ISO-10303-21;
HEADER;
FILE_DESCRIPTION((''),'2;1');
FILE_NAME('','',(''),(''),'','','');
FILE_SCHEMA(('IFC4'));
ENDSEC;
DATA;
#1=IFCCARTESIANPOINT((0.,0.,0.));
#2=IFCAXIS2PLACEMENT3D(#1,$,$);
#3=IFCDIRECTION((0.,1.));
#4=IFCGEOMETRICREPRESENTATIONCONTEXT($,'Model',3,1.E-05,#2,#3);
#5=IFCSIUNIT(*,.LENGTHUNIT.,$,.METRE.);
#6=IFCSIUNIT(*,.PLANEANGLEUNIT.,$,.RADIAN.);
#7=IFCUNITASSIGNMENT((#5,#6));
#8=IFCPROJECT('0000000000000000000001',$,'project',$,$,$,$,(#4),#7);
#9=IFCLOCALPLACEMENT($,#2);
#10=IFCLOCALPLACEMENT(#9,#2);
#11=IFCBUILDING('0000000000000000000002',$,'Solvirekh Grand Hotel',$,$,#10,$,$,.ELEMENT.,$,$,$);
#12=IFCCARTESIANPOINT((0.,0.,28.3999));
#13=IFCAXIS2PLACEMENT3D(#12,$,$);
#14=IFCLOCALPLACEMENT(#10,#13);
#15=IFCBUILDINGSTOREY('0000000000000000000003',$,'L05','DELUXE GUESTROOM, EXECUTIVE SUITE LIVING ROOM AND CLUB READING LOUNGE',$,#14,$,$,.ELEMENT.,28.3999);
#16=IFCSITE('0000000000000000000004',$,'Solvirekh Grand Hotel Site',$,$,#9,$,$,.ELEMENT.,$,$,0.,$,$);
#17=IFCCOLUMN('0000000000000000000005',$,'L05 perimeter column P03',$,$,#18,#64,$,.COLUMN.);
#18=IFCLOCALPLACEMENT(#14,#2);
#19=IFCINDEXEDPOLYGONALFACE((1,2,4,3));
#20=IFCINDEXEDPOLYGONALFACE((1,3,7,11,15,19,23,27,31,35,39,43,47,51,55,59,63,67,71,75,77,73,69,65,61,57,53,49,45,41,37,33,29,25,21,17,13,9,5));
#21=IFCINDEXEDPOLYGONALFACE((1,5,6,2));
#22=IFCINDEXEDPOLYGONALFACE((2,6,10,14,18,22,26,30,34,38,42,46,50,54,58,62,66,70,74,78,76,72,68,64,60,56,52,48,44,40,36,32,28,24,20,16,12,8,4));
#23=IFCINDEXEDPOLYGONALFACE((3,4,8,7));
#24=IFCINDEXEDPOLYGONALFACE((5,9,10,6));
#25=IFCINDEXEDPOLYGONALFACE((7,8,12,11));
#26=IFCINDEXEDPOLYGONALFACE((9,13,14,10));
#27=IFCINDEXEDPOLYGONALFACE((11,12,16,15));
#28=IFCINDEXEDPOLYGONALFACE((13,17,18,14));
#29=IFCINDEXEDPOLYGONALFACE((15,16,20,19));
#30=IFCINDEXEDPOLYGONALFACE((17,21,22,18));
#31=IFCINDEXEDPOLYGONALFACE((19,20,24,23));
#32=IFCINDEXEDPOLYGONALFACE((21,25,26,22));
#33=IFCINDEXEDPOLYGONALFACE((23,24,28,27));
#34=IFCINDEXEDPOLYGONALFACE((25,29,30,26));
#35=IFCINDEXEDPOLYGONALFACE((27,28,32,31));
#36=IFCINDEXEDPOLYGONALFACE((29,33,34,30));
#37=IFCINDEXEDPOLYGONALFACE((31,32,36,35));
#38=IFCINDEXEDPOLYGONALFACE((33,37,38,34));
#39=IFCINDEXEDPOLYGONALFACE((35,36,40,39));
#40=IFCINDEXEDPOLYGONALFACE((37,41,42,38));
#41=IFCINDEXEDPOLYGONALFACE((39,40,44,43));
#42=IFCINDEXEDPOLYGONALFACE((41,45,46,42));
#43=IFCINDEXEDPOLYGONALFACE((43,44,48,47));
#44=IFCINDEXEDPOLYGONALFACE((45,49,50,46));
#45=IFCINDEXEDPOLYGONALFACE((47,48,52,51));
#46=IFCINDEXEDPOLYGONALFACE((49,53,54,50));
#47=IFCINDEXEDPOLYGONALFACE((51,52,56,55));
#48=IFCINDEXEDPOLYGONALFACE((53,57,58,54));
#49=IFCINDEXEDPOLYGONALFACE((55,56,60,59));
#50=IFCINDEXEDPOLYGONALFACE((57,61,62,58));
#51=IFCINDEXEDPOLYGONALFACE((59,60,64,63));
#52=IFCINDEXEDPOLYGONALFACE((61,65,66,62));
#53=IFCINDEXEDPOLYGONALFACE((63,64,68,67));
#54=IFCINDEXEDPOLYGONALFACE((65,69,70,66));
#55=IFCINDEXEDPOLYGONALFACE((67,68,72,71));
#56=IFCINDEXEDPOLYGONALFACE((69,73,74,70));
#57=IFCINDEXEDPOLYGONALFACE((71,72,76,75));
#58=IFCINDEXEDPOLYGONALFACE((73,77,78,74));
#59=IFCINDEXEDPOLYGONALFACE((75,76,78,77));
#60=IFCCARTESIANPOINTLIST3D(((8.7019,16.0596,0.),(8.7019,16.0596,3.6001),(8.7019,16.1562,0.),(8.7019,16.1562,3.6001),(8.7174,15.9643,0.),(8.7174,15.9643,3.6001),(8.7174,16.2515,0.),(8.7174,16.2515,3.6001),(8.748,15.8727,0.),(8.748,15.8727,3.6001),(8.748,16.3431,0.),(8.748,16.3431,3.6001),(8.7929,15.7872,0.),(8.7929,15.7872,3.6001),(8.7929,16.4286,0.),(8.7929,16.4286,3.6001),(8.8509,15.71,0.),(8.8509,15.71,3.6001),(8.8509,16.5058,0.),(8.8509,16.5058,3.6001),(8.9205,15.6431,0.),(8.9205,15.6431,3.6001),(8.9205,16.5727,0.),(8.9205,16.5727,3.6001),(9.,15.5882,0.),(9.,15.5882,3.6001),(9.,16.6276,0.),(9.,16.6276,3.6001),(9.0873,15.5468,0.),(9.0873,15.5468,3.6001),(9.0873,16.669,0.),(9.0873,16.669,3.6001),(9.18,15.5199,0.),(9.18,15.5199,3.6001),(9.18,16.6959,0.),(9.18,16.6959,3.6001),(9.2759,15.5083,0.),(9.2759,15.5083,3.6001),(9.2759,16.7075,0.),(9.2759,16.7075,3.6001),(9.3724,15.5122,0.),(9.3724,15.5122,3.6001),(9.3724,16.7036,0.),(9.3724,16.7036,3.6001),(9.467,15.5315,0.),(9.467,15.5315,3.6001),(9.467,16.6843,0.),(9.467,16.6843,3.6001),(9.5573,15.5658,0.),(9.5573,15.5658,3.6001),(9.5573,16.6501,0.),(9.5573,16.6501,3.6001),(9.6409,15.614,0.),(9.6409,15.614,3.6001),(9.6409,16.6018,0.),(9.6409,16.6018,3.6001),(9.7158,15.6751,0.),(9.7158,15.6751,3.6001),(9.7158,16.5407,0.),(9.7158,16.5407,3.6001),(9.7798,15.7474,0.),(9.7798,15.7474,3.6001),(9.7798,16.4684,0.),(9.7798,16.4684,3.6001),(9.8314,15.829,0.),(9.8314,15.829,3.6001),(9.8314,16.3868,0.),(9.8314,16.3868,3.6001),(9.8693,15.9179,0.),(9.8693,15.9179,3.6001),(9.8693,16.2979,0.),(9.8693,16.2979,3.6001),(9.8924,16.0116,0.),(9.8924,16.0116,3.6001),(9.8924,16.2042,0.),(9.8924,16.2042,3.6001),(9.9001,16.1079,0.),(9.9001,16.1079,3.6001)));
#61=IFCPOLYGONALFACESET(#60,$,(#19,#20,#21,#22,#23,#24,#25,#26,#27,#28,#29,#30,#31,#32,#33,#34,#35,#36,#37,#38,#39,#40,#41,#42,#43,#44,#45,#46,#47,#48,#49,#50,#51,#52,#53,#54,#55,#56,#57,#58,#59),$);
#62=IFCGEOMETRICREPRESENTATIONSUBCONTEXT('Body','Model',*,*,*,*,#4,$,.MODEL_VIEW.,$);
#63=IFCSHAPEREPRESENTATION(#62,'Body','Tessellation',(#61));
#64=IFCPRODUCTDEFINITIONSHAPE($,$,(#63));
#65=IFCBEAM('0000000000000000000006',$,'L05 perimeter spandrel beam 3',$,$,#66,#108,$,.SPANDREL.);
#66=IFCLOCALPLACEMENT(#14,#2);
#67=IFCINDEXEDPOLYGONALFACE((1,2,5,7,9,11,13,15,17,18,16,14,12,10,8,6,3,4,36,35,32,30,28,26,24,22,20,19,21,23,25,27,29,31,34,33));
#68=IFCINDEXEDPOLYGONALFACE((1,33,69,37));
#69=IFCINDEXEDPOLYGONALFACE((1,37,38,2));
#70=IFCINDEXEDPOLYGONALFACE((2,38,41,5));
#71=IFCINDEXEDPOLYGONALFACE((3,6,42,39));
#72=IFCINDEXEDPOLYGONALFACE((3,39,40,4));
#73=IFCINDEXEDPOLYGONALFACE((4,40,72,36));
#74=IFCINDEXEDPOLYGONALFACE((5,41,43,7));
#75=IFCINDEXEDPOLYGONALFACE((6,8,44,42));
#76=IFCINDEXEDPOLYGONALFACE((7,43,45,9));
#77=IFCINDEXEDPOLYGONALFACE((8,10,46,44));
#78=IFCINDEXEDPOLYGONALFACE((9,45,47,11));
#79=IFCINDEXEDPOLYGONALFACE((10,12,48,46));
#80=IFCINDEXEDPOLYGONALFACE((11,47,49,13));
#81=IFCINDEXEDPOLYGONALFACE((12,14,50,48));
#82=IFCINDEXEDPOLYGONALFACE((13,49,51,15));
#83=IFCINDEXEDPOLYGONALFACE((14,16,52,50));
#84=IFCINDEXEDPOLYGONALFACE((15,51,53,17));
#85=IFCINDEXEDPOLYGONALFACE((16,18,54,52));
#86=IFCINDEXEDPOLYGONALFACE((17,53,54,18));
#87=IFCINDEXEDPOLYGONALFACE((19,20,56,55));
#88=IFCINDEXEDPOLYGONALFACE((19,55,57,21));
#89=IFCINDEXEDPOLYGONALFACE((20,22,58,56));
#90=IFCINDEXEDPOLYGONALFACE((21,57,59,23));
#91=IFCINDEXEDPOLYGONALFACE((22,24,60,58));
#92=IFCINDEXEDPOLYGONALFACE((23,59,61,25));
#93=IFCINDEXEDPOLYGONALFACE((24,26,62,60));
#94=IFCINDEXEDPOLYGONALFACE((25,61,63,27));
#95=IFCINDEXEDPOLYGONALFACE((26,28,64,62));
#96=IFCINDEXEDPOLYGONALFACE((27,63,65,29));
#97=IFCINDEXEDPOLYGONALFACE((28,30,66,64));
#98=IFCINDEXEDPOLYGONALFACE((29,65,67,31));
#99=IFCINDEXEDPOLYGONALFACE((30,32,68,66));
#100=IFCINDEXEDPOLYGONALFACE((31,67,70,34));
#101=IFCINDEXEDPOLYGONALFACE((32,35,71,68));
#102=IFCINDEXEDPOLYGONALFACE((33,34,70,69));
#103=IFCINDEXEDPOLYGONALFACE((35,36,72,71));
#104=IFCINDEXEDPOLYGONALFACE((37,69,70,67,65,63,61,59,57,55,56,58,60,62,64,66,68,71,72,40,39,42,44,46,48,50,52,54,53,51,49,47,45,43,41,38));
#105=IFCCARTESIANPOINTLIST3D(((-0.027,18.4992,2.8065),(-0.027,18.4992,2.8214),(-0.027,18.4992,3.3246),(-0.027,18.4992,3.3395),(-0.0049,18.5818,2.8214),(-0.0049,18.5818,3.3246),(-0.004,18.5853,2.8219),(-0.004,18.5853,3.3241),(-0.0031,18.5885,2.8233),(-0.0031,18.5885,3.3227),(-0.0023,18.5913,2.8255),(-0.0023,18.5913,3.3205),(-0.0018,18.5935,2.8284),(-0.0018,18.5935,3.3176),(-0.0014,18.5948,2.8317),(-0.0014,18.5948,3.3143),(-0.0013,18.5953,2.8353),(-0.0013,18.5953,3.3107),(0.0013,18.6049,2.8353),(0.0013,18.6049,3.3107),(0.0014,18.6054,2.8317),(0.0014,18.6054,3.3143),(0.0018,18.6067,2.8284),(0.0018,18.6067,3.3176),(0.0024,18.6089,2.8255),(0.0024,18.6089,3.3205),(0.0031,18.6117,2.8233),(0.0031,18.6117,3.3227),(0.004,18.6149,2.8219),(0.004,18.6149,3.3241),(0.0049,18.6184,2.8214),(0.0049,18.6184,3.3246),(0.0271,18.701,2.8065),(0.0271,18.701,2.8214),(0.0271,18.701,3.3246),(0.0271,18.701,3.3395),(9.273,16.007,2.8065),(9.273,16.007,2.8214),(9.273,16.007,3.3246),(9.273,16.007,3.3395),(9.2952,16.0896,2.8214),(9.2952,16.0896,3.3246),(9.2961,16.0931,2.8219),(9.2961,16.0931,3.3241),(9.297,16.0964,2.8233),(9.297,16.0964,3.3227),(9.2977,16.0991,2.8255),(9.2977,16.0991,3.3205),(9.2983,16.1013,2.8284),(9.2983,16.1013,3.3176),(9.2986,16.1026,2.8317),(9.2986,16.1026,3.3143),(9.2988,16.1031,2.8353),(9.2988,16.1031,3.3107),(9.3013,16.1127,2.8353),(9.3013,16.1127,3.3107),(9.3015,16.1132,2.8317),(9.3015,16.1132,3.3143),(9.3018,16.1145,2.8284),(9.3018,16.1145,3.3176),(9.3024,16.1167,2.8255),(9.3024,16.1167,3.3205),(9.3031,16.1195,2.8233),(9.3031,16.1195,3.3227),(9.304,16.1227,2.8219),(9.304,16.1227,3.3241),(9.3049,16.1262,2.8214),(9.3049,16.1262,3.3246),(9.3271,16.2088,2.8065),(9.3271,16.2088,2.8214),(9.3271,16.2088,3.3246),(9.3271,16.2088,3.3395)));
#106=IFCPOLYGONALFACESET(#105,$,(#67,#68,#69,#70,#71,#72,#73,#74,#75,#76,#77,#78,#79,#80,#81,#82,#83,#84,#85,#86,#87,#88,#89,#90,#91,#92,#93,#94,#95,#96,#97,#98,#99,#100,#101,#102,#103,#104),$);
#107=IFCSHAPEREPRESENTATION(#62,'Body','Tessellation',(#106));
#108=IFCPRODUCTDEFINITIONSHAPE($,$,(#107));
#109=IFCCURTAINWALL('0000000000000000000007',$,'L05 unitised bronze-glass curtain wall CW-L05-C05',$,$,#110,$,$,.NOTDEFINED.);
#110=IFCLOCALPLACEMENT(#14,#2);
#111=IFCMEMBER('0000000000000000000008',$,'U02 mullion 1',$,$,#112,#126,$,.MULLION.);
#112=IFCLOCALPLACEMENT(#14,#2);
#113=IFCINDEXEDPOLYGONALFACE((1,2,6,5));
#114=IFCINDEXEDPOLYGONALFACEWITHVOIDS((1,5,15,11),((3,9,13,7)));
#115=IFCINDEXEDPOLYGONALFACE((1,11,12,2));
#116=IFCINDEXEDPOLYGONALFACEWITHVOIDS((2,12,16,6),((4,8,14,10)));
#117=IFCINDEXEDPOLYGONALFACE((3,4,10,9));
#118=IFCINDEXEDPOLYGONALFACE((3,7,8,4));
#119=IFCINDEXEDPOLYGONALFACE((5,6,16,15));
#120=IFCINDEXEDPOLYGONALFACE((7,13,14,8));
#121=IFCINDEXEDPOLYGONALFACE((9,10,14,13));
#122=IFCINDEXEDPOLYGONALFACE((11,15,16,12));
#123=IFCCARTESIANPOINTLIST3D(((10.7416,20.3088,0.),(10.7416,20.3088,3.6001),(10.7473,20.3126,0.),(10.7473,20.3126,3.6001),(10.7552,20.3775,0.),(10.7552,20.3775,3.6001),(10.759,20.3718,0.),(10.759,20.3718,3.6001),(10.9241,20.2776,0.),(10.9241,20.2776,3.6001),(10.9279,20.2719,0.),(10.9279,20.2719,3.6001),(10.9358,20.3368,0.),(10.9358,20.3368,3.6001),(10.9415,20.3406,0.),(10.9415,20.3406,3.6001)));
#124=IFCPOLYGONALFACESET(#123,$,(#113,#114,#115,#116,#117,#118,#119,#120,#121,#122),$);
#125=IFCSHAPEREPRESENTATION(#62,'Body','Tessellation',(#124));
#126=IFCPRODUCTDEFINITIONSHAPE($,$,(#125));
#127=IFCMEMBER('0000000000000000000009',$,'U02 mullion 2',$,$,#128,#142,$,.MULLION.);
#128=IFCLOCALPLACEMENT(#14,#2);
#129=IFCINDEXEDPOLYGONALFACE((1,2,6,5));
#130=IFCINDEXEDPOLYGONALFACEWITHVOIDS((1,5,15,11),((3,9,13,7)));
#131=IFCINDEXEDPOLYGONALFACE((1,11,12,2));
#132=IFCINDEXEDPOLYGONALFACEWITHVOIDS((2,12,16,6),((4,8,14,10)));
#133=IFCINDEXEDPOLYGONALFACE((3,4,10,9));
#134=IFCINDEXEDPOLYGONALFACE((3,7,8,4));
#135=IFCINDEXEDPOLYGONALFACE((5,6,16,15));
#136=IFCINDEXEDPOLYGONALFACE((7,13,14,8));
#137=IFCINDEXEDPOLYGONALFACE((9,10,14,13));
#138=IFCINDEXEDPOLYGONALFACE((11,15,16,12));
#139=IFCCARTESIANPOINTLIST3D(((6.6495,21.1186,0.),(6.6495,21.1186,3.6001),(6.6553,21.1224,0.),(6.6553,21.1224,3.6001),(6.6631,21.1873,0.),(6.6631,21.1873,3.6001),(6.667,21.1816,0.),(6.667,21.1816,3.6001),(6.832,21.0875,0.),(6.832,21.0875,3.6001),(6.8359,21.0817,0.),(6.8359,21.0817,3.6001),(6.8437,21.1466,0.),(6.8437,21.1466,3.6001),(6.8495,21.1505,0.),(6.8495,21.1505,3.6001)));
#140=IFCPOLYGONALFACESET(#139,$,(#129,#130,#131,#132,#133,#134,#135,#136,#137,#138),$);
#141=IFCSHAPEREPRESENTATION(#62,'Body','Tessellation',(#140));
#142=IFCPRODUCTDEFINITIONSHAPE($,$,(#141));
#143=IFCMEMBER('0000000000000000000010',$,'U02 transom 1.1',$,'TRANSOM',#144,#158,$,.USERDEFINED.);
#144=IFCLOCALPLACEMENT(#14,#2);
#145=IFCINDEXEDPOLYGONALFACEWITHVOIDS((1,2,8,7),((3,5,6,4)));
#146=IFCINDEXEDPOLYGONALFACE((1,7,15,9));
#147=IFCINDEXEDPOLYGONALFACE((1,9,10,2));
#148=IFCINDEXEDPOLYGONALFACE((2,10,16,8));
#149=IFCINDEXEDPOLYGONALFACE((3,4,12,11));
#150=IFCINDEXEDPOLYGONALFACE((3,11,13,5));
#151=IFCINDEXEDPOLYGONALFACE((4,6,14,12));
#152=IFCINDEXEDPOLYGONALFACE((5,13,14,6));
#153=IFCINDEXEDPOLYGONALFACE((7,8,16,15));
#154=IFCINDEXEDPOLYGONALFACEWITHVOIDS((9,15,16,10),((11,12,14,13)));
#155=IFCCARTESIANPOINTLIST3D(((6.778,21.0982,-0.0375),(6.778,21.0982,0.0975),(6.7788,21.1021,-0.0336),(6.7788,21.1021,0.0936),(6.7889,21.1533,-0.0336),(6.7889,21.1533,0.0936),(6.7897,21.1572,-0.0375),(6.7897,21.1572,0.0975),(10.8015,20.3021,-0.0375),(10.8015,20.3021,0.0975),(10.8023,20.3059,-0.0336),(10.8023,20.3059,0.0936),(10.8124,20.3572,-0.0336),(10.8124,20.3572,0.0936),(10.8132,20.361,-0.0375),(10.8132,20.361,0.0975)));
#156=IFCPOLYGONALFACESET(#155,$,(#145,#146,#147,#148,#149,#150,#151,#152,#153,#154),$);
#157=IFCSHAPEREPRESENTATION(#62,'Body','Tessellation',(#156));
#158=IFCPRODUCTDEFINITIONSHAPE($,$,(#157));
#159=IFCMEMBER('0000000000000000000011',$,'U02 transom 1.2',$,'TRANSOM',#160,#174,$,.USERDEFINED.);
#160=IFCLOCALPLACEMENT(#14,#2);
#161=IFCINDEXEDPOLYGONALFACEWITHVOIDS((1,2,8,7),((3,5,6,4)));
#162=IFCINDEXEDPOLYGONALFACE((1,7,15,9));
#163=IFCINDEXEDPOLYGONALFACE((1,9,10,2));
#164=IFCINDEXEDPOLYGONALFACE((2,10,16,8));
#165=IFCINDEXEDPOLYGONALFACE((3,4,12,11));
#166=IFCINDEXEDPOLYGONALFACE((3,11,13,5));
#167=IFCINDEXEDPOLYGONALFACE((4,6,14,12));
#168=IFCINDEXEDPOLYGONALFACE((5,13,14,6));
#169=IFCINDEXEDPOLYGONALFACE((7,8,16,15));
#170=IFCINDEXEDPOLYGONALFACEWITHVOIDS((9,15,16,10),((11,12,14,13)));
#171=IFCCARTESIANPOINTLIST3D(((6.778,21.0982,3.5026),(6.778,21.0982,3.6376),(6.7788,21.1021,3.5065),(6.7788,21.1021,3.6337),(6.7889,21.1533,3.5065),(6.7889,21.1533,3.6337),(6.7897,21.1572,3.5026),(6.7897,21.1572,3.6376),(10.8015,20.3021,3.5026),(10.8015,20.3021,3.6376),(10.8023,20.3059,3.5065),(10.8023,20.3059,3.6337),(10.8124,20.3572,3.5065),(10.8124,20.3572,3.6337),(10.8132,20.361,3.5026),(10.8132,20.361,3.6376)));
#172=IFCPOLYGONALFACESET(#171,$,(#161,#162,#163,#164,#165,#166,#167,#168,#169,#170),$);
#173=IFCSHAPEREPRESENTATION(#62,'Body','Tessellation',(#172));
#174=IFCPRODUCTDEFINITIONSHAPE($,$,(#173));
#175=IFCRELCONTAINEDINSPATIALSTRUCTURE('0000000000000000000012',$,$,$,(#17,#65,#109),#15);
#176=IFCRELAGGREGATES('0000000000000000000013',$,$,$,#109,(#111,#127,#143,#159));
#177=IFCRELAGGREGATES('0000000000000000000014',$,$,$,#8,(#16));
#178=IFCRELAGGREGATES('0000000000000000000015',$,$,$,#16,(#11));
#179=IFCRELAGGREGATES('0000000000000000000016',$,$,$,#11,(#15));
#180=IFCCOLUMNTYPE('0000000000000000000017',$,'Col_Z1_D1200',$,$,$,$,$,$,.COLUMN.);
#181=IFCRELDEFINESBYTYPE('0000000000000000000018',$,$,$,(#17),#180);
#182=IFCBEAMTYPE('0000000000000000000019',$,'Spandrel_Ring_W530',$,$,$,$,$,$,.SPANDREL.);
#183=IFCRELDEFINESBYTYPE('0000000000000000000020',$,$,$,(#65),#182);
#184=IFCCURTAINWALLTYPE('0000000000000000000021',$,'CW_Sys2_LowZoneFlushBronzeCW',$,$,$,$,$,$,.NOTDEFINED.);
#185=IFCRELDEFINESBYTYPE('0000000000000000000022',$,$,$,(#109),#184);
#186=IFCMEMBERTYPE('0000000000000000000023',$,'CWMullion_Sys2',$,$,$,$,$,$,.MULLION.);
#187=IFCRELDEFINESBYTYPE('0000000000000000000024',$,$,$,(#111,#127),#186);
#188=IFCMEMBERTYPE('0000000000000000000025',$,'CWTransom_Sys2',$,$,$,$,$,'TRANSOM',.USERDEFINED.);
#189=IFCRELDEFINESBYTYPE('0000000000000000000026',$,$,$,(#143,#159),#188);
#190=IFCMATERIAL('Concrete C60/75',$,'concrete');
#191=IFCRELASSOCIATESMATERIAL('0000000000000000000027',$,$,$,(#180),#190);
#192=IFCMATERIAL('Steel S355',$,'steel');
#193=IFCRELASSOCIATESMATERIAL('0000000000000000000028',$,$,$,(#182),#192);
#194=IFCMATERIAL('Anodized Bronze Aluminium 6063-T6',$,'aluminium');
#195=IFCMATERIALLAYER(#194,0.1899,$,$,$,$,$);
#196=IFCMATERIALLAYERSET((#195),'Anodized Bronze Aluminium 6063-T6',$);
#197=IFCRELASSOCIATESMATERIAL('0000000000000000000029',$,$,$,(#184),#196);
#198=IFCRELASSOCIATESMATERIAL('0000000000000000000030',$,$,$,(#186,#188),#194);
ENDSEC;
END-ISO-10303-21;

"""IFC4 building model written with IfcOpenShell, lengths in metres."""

from ifc_helpers import new_model, si_unit, direction, frame, origin, origin_2d, place, context, subcontext, project, spatial, hollow_rectangle, circle, i_section, extrude, source, transform, mapped, material, layer, layer_set, material_profile, profile_set, type_object, element, aggregate, save


model = new_model("IFC4")

# Units and contexts
model_context = context("Model", 3, precision=1e-05, world=origin(), true_north=direction((0.0, 1.0)))
body_context = subcontext(model_context, "Body", "Model", "MODEL_VIEW")
ifc_project = project(units=[si_unit("LENGTHUNIT", "METRE"), si_unit("PLANEANGLEUNIT", "RADIAN")], contexts=[model_context])

# Site, building, storey
site_placement = place(None, origin())
site = spatial("IfcSite", under=ifc_project, at=site_placement, Name="Solvirekh Grand Hotel Site", CompositionType="ELEMENT", RefElevation=0.0)
building_placement = place(site_placement, origin())
building = spatial("IfcBuilding", under=site, at=building_placement, Name="Solvirekh Grand Hotel", CompositionType="ELEMENT")
storey_placement = place(building_placement, frame((0.0, 0.0, 28.3999)))
storey = spatial("IfcBuildingStorey", under=building, at=storey_placement, Name="L05", Description="DELUXE GUESTROOM, EXECUTIVE SUITE LIVING ROOM AND CLUB READING LOUNGE", CompositionType="ELEMENT", Elevation=28.3999)

# Column
ifc_material_1 = material(Name="Concrete C60/75", Category="concrete")
ifc_material_profile_1 = material_profile(ifc_material_1, circle(Radius=0.6001, at=origin_2d()), Name="RC CIRC D1200")
ifc_profile_set_1 = profile_set([ifc_material_profile_1], Name="Concrete C60/75")
column_type = type_object("IfcColumnType", Name="Col_Z1_D1200", PredefinedType="COLUMN", material=ifc_profile_set_1)
column_placement = place(storey_placement, frame((9.3, 16.1079, 0.0), z_axis=(0.0, 0.0, 1.0), x_axis=(1.0, 0.0, 0.0)))
element("IfcColumn", 1, at=column_placement, inside=storey, type_object=column_type, Name="L05 perimeter column P03", PredefinedType="COLUMN", context=body_context, shape_type="SweptSolid", body=[
    extrude(circle(Radius=0.6001, at=origin_2d()), origin(), (0.0, 0.0, 1.0), 3.6001),
])

# Beam
ifc_material_2 = material(Name="Steel S355", Category="steel")
ifc_material_profile_2 = material_profile(ifc_material_2, i_section(OverallWidth=0.209, OverallDepth=0.533, WebThickness=0.01, FlangeThickness=0.0149, FilletRadius=0.0139, at=origin_2d()), Name="W530X92")
ifc_profile_set_2 = profile_set([ifc_material_profile_2], Name="Steel S355")
beam_type = type_object("IfcBeamType", Name="Spandrel_Ring_W530", PredefinedType="SPANDREL", material=ifc_profile_set_2)
beam_placement = place(storey_placement, frame((9.3, 16.1079, 3.073), z_axis=(-0.965919, 0.258843, 0.0), x_axis=(-0.258843, -0.965919, 0.0)))
element("IfcBeam", 2, at=beam_placement, inside=storey, type_object=beam_type, Name="L05 perimeter spandrel beam 3", PredefinedType="SPANDREL", context=body_context, shape_type="SweptSolid", body=[
    extrude(i_section(OverallWidth=0.209, OverallDepth=0.533, WebThickness=0.01, FlangeThickness=0.0149, FilletRadius=0.0139, at=origin_2d()), origin(), (0.0, 0.0, 1.0), 9.6282),
])

# Curtain wall, members
ifc_material_3 = material(Name="Anodized Bronze Aluminium 6063-T6", Category="aluminium")
ifc_layer_1 = layer(ifc_material_3, 0.1899)
ifc_layer_set_1 = layer_set([ifc_layer_1], Name="Anodized Bronze Aluminium 6063-T6")
curtain_wall_type = type_object("IfcCurtainWallType", Name="CW_Sys2_LowZoneFlushBronzeCW", PredefinedType="NOTDEFINED", material=ifc_layer_set_1)
curtain_wall_placement = place(storey_placement, origin())
curtain_wall = element("IfcCurtainWall", 3, at=curtain_wall_placement, inside=storey, type_object=curtain_wall_type, Name="L05 unitised bronze-glass curtain wall CW-L05-C05", PredefinedType="NOTDEFINED")
ifc_material_profile_3 = material_profile(ifc_material_3, hollow_rectangle(XDim=0.0701, YDim=0.1899, WallThickness=0.0049, at=origin_2d()), Name="ALU RHS 190X70X5")
ifc_profile_set_3 = profile_set([ifc_material_profile_3], Name="Anodized Bronze Aluminium 6063-T6")
member_type_1 = type_object("IfcMemberType", Name="CWMullion_Sys2", PredefinedType="MULLION", material=ifc_profile_set_3)
shared_shape_1 = source(origin(), body_context, "Body", "SweptSolid", [
    extrude(hollow_rectangle(XDim=0.0701, YDim=0.1899, WallThickness=0.0049, at=origin_2d()), origin(), (0.0, 0.0, 1.0), 3.6001),
])
member_1_placement = place(storey_placement, frame((10.8416, 20.3247, 0.0), z_axis=(0.0, 0.0, 1.0), x_axis=(-0.194104, -0.980981, 0.0)))
member_1 = element("IfcMember", 4, at=member_1_placement, type_object=member_type_1, Name="U02 mullion 1", PredefinedType="MULLION", context=body_context, shape_type="MappedRepresentation", body=[
    mapped(shared_shape_1, transform((0.0, 0.0, 0.0), x_axis=(1.0, 0.0, 0.0), y_axis=(0.0, 1.0, 0.0), z_axis=(0.0, 0.0, 1.0), scale=1.0)),
])
member_2_placement = place(storey_placement, frame((6.7495, 21.1345, 0.0), z_axis=(0.0, 0.0, 1.0), x_axis=(-0.194104, -0.980981, 0.0)))
member_2 = element("IfcMember", 5, at=member_2_placement, type_object=member_type_1, Name="U02 mullion 2", PredefinedType="MULLION", context=body_context, shape_type="MappedRepresentation", body=[
    mapped(shared_shape_1, transform((0.0, 0.0, 0.0), x_axis=(1.0, 0.0, 0.0), y_axis=(0.0, 1.0, 0.0), z_axis=(0.0, 0.0, 1.0), scale=1.0)),
])
ifc_material_profile_4 = material_profile(ifc_material_3, hollow_rectangle(XDim=0.0601, YDim=0.135, WallThickness=0.0039, at=origin_2d()), Name="ALU RHS 135X60X4")
ifc_profile_set_4 = profile_set([ifc_material_profile_4], Name="Anodized Bronze Aluminium 6063-T6")
member_type_2 = type_object("IfcMemberType", Name="CWTransom_Sys2", ElementType="TRANSOM", PredefinedType="USERDEFINED", material=ifc_profile_set_4)
shared_shape_2 = source(origin(), body_context, "Body", "SweptSolid", [
    extrude(hollow_rectangle(XDim=0.0601, YDim=0.135, WallThickness=0.0039, at=origin_2d()), origin(), (0.0, 0.0, 1.0), 4.1016),
])
member_3_placement = place(storey_placement, frame((10.8074, 20.3315, 0.03), z_axis=(-0.980979, 0.194112, 0.0), x_axis=(-0.194112, -0.980979, 0.0)))
member_3 = element("IfcMember", 6, at=member_3_placement, type_object=member_type_2, Name="U02 transom 1.1", ObjectType="TRANSOM", PredefinedType="USERDEFINED", context=body_context, shape_type="MappedRepresentation", body=[
    mapped(shared_shape_2, transform((0.0, 0.0, 0.0), x_axis=(1.0, 0.0, 0.0), y_axis=(0.0, 1.0, 0.0), z_axis=(0.0, 0.0, 1.0), scale=1.0)),
])
member_4_placement = place(storey_placement, frame((10.8074, 20.3315, 3.5701), z_axis=(-0.980979, 0.194112, 0.0), x_axis=(-0.194112, -0.980979, 0.0)))
member_4 = element("IfcMember", 7, at=member_4_placement, type_object=member_type_2, Name="U02 transom 1.2", ObjectType="TRANSOM", PredefinedType="USERDEFINED", context=body_context, shape_type="MappedRepresentation", body=[
    mapped(shared_shape_2, transform((0.0, 0.0, 0.0), x_axis=(1.0, 0.0, 0.0), y_axis=(0.0, 1.0, 0.0), z_axis=(0.0, 0.0, 1.0), scale=1.0)),
])
aggregate(curtain_wall, [member_1, member_2, member_3, member_4])

save(model, "model.ifc")
